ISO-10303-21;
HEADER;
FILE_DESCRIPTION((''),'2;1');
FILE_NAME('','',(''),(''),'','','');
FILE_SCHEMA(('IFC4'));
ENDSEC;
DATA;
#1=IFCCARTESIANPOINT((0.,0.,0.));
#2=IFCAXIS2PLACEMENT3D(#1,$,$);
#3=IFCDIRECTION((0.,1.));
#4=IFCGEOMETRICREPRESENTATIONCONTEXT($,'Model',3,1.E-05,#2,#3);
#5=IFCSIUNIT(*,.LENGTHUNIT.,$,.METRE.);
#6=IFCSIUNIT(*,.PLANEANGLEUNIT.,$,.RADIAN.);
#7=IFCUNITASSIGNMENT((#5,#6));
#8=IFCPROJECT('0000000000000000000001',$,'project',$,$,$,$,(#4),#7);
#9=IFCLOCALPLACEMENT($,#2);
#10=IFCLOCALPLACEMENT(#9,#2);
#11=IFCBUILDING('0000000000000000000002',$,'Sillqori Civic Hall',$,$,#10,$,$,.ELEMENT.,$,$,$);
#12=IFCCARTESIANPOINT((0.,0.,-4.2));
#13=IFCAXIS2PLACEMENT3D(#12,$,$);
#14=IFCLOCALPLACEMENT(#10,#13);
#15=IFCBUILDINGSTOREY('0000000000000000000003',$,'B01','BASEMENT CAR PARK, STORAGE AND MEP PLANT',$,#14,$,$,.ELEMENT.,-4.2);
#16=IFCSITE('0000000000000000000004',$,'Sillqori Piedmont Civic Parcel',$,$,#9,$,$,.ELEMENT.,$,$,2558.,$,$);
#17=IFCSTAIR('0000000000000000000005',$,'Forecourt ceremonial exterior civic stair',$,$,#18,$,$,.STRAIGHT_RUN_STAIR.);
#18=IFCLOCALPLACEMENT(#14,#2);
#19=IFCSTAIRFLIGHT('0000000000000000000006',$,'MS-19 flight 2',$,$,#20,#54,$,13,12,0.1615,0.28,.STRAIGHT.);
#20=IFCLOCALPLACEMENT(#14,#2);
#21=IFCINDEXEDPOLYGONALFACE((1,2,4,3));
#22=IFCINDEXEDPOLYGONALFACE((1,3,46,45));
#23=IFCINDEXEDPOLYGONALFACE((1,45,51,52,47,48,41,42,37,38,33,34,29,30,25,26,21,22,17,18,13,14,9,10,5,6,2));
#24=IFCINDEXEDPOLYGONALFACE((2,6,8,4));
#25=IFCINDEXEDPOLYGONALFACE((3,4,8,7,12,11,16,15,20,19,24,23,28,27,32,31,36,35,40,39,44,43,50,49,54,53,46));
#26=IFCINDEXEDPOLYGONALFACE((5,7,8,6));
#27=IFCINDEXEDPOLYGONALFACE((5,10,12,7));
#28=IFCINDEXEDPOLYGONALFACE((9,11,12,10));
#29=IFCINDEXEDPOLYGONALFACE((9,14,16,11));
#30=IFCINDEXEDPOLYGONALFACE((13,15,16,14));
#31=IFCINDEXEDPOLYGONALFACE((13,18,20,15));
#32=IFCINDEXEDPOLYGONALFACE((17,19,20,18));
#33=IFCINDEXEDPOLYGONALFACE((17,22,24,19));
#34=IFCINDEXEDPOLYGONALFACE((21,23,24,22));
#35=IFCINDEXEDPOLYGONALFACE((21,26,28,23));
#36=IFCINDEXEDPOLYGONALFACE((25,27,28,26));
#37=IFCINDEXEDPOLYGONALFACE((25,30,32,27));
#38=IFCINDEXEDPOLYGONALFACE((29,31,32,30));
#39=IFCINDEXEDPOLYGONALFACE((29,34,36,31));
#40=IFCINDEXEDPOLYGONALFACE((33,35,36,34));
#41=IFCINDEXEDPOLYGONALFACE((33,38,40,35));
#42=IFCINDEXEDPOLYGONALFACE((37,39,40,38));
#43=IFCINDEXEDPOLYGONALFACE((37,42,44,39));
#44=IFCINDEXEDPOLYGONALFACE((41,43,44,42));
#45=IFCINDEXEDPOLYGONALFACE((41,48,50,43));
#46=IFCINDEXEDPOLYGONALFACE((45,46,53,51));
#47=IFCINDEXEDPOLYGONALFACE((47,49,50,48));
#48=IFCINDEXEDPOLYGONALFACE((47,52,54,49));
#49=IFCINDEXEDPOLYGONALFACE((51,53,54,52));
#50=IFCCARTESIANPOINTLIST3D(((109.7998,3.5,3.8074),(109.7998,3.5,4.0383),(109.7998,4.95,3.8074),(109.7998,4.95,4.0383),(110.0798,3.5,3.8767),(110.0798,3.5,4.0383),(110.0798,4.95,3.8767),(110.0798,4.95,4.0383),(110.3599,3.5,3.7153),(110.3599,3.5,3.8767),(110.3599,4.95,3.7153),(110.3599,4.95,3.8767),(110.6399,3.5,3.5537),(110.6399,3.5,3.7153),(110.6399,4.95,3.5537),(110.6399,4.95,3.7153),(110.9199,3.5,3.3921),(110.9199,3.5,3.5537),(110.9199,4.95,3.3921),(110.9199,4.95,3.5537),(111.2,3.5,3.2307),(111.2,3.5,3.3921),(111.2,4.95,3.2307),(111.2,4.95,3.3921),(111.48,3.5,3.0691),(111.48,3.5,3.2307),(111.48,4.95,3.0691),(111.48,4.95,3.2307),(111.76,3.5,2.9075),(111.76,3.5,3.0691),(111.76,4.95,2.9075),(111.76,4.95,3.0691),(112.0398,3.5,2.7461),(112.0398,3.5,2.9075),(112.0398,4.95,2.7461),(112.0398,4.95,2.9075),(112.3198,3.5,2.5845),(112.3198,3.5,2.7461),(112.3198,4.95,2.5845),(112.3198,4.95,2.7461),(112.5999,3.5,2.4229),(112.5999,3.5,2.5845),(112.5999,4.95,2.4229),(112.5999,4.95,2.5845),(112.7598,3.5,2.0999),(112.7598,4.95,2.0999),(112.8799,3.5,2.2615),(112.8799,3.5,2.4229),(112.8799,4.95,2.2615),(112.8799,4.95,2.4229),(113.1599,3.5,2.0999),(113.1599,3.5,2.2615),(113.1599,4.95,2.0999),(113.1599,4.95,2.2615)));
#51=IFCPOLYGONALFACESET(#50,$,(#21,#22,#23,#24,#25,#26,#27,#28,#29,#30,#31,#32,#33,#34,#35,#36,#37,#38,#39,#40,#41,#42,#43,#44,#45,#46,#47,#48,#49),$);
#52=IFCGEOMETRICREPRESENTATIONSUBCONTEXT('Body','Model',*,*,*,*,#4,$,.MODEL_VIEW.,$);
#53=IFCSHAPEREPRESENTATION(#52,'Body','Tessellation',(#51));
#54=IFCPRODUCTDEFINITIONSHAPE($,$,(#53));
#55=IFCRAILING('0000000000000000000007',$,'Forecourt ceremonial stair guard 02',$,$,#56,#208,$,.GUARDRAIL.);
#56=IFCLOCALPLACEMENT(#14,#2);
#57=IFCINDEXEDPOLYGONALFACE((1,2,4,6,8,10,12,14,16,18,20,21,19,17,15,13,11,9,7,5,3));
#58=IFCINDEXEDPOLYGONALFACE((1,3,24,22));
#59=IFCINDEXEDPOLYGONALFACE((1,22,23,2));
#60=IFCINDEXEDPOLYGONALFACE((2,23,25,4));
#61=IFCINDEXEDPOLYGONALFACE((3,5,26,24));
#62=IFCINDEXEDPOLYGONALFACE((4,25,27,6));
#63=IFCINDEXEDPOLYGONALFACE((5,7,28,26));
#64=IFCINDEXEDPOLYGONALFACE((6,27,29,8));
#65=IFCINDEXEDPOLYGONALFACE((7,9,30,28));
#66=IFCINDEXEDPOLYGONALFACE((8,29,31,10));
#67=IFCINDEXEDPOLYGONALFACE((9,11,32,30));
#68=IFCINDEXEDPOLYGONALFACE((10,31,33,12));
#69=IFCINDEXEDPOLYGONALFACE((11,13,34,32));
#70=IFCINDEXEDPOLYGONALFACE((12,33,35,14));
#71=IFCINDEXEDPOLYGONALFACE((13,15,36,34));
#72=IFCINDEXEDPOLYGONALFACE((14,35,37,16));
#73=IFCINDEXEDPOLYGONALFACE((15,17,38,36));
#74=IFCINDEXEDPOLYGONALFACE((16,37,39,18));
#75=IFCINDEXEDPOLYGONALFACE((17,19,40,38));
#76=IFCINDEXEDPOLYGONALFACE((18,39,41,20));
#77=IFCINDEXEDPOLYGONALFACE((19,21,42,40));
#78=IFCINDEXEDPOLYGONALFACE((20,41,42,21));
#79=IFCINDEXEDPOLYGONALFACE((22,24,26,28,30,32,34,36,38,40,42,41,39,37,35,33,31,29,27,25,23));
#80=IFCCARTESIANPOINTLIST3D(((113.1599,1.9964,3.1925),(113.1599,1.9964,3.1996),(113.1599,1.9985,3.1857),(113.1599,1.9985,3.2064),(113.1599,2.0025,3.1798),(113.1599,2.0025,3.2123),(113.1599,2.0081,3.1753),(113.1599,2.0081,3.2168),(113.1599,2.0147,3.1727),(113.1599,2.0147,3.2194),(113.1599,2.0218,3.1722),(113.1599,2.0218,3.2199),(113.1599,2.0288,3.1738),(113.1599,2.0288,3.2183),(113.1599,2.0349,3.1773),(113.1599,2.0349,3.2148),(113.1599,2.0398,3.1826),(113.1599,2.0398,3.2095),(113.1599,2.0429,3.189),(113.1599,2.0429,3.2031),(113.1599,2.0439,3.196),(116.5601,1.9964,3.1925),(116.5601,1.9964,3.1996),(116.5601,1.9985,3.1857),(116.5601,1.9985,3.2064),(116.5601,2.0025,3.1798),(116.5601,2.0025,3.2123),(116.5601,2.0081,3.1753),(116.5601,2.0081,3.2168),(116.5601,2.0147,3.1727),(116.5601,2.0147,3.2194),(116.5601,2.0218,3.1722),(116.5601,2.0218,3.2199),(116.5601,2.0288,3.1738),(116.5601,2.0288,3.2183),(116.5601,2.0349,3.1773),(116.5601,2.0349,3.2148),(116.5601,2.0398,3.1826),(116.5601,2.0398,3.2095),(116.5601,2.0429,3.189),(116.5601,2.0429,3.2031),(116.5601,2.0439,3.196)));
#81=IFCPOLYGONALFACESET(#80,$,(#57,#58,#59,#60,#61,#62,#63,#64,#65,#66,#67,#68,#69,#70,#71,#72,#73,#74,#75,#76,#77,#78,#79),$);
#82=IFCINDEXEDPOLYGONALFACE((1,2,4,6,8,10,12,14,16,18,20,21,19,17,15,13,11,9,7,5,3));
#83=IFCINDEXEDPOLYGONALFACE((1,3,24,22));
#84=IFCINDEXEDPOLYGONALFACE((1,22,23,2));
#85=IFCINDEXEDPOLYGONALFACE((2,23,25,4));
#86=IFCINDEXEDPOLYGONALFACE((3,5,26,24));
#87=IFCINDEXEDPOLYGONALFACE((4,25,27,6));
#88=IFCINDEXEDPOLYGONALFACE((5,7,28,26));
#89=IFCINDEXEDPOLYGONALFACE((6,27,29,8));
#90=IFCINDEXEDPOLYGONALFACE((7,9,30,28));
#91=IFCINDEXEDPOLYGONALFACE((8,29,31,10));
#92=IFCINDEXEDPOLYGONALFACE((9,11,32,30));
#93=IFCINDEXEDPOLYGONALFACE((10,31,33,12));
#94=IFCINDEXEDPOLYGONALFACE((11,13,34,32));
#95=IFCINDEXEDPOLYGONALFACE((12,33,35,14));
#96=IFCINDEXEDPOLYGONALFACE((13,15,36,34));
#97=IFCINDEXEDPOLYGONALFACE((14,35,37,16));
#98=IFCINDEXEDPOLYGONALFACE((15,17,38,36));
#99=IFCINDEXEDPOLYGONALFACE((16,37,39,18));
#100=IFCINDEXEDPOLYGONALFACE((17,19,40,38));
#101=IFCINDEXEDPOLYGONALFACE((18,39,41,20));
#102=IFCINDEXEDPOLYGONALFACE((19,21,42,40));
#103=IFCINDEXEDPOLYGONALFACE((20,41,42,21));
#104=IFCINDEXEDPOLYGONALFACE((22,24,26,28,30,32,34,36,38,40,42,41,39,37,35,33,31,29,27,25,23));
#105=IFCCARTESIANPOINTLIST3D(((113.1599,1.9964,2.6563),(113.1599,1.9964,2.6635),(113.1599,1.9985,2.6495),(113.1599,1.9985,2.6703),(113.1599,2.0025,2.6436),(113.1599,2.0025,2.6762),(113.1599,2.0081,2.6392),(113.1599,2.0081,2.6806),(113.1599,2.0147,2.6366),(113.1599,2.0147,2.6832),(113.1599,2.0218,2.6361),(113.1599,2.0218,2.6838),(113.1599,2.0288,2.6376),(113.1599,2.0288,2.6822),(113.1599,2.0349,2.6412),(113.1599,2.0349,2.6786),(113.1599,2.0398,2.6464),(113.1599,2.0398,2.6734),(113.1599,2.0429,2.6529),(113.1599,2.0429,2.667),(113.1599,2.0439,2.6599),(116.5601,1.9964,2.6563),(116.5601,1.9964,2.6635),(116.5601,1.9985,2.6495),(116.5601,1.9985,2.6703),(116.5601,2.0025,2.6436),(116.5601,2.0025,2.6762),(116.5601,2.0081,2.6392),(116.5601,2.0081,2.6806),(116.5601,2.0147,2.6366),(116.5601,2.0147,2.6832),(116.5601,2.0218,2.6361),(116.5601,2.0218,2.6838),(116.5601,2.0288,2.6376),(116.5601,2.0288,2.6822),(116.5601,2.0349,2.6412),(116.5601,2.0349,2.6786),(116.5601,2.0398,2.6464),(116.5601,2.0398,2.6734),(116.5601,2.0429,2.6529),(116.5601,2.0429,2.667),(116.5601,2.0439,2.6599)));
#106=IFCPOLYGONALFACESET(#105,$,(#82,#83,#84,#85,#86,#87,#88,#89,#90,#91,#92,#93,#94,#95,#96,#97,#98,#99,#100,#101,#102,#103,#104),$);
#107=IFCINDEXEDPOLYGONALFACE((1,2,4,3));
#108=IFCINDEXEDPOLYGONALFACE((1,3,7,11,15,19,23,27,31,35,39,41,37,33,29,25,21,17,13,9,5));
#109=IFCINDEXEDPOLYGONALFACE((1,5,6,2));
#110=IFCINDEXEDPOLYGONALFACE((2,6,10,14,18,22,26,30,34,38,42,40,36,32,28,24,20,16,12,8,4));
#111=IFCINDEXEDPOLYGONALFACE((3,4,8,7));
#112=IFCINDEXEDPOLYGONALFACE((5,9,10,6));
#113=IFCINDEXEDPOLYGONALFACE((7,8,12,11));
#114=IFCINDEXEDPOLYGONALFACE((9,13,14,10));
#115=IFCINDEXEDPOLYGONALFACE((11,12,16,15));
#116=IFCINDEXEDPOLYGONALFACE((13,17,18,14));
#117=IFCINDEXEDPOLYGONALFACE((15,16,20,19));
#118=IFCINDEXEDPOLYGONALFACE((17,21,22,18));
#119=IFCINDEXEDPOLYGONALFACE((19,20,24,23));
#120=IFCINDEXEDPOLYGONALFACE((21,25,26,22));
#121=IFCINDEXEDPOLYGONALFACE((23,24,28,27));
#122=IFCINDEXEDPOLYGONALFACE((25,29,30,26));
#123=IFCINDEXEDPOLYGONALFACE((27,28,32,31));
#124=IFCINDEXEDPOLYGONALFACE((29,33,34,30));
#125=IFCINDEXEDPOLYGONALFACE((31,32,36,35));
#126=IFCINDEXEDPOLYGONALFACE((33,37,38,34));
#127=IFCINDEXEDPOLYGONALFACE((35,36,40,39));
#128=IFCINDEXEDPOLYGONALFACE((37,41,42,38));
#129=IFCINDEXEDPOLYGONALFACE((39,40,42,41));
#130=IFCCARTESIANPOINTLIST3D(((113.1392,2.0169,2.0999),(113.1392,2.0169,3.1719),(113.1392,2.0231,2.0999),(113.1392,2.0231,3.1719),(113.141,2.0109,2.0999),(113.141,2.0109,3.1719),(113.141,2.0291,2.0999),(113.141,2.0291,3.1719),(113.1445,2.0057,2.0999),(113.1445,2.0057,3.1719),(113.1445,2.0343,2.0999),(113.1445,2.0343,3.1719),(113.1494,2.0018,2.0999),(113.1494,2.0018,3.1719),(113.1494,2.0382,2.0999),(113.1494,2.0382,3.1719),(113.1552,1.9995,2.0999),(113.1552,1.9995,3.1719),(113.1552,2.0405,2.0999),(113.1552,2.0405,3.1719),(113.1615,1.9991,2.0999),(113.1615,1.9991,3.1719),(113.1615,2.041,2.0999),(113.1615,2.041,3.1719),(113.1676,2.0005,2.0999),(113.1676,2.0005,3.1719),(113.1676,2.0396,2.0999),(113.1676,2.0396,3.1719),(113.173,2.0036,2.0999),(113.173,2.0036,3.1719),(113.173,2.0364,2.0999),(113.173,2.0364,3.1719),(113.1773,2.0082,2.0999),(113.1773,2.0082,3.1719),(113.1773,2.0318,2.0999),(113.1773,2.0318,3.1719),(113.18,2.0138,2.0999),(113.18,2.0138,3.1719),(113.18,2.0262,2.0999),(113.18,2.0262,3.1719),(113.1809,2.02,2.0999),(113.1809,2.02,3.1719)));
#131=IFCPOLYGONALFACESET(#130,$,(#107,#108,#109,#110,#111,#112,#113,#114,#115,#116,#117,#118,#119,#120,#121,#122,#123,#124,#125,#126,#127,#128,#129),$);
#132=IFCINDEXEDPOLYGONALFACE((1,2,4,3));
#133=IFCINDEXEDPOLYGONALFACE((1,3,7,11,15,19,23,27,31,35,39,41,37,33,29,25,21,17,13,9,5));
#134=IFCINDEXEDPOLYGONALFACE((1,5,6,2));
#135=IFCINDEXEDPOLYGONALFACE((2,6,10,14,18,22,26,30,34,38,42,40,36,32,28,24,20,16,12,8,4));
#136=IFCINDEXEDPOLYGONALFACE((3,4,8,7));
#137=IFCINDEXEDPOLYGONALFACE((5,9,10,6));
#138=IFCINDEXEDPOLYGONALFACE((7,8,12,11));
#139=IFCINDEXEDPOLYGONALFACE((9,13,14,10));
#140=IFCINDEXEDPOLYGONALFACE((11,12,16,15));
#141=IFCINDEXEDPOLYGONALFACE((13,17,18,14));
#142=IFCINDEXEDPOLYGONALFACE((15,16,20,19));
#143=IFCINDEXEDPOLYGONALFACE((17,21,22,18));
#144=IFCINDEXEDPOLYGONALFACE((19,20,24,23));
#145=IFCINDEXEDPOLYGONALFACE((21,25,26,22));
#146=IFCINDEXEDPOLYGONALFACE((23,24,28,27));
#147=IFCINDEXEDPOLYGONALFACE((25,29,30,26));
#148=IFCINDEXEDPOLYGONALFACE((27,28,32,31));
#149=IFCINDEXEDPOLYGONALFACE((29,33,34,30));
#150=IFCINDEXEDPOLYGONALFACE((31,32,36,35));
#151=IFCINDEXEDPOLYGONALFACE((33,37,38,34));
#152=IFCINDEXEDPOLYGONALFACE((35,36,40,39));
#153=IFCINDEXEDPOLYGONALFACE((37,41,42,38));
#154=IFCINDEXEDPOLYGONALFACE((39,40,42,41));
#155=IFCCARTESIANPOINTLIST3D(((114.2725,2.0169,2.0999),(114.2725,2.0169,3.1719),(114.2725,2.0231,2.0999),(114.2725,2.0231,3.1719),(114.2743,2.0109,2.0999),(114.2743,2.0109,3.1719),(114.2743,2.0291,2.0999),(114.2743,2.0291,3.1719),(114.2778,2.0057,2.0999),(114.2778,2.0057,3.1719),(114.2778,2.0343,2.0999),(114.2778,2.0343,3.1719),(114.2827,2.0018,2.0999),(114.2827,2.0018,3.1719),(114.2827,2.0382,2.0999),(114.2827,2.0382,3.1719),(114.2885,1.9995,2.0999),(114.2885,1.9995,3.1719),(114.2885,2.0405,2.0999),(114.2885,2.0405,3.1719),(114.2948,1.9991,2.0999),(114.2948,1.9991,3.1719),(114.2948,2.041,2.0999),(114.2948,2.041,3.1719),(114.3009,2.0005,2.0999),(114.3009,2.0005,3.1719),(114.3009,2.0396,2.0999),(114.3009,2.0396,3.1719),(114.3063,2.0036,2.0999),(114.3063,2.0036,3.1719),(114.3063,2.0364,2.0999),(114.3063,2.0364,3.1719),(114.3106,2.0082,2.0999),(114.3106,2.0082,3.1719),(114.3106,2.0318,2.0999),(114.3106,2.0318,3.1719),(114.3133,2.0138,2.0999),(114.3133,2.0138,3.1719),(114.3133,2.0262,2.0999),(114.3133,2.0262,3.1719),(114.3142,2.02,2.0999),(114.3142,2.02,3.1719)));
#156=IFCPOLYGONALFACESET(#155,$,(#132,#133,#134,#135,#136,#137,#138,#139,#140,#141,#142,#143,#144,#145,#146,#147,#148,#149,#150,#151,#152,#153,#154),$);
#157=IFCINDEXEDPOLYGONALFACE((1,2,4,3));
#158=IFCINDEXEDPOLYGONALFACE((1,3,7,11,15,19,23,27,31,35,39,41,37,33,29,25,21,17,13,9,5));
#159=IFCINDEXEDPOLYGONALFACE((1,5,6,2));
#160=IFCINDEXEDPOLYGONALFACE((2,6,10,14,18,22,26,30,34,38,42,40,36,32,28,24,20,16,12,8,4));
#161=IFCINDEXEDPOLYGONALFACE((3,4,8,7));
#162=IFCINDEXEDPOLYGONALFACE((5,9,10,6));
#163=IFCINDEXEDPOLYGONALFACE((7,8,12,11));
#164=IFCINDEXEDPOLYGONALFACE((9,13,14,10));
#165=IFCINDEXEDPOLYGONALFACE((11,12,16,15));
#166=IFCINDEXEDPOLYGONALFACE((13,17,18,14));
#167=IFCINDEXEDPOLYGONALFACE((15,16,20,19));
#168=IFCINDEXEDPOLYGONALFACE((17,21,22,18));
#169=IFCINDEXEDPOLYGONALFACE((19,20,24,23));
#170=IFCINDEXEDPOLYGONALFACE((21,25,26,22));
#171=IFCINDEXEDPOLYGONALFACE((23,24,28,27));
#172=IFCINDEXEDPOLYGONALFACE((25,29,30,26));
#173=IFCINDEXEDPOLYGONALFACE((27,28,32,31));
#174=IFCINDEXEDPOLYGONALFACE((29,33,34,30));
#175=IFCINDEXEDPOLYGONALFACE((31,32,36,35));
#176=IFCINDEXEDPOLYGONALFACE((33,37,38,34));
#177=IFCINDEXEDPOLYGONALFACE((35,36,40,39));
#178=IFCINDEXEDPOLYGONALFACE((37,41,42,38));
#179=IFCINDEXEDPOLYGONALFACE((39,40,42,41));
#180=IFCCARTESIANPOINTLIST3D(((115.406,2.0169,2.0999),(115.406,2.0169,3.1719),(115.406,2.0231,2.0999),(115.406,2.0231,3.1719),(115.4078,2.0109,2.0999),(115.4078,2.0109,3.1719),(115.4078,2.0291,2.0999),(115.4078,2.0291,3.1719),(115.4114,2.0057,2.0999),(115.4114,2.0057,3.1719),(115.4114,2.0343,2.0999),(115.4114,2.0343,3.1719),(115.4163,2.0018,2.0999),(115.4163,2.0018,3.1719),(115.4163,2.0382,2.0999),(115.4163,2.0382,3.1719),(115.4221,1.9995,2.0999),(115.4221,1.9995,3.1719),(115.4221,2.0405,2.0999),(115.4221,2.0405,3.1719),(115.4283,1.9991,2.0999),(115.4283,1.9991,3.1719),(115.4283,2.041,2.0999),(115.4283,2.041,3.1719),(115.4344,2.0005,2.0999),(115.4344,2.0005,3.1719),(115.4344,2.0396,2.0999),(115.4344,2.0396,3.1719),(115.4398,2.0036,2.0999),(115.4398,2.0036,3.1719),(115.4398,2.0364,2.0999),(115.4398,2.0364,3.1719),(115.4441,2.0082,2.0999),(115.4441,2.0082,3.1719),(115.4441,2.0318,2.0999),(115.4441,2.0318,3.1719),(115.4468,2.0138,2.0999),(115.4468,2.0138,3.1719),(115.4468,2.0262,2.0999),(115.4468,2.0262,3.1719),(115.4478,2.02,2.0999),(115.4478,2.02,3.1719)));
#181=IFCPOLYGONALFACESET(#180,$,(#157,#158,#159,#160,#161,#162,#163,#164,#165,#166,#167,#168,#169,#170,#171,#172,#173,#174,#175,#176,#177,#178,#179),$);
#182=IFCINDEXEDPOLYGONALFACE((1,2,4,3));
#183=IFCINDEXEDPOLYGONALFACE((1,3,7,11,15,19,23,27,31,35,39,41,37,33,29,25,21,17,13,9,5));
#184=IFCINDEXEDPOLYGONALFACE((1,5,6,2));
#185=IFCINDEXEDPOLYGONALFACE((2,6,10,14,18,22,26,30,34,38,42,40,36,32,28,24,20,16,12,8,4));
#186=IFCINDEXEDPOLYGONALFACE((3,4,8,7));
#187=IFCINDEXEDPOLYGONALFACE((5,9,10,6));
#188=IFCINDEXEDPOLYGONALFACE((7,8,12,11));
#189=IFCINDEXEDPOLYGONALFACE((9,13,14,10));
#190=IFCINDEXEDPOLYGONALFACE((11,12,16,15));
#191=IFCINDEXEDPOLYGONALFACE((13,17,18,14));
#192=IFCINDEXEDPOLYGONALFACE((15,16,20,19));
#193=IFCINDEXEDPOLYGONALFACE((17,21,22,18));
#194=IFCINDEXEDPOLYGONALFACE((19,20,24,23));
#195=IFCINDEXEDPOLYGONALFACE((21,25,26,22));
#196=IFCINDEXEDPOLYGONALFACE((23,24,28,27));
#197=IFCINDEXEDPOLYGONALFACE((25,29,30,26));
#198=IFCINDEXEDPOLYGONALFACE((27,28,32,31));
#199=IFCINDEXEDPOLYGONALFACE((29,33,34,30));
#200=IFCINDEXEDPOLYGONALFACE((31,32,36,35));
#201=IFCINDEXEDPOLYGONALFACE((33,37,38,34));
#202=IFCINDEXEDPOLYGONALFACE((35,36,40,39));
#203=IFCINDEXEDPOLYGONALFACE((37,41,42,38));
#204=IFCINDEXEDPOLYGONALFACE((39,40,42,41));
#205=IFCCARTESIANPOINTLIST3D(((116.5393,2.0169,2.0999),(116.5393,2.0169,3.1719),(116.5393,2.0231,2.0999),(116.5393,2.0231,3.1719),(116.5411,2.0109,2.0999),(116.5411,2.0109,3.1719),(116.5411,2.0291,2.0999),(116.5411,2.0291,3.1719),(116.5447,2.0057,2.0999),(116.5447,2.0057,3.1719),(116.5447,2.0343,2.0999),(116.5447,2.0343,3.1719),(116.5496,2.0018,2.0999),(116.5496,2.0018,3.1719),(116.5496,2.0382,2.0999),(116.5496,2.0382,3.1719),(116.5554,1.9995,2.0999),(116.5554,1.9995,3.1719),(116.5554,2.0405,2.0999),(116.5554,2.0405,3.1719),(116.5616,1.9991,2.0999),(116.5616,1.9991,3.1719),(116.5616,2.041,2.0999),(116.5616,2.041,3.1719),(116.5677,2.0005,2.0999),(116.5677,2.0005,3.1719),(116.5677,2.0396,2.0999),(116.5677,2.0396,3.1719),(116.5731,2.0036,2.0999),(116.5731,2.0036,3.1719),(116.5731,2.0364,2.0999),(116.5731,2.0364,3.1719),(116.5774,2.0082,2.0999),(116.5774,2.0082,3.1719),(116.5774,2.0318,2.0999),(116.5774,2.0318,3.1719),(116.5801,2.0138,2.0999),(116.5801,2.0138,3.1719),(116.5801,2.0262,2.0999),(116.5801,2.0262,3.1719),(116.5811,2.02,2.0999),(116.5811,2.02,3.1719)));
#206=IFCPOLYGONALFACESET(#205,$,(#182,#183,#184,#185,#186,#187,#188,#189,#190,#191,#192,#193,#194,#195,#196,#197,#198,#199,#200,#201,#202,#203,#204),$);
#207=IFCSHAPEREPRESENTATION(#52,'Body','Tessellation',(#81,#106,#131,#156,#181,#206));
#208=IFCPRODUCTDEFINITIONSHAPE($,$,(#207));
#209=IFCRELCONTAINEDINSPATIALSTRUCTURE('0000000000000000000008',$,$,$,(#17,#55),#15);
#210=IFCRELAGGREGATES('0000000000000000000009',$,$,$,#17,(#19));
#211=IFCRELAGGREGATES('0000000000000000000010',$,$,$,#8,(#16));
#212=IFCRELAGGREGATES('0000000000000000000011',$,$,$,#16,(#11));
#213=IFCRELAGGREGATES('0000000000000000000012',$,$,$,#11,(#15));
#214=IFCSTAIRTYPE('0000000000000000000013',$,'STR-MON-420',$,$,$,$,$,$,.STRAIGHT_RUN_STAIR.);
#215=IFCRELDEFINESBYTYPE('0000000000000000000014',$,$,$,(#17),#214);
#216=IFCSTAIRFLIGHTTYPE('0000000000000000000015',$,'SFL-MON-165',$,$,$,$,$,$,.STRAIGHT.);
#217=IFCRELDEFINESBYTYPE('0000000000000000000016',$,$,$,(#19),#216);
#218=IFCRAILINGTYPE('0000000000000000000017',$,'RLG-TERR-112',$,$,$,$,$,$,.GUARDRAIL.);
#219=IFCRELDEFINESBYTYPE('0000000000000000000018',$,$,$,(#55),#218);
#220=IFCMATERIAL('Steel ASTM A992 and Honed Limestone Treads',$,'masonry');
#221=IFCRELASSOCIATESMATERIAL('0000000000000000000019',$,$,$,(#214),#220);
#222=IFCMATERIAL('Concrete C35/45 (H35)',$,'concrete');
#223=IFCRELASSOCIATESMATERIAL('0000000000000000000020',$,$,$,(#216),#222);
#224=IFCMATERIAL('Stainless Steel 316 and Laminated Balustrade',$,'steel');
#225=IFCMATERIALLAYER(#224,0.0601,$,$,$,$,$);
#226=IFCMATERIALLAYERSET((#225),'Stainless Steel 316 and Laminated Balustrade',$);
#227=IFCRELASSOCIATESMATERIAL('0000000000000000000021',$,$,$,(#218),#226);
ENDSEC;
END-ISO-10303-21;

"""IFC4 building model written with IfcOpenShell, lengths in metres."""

from ifc_helpers import new_model, si_unit, direction, frame, origin, origin_2d, place, context, subcontext, project, spatial, polyline, circle, outline, extrude, material, layer, layer_set, type_object, element, aggregate, save


model = new_model("IFC4")

# Units and contexts
model_context = context("Model", 3, precision=1e-05, world=origin(), true_north=direction((0.0, 1.0)))
body_context = subcontext(model_context, "Body", "Model", "MODEL_VIEW")
ifc_project = project(units=[si_unit("LENGTHUNIT", "METRE"), si_unit("PLANEANGLEUNIT", "RADIAN")], contexts=[model_context])

# Site, building, storey
site_placement = place(None, origin())
site = spatial("IfcSite", under=ifc_project, at=site_placement, Name="Sillqori Piedmont Civic Parcel", CompositionType="ELEMENT", RefElevation=2558.0)
building_placement = place(site_placement, origin())
building = spatial("IfcBuilding", under=site, at=building_placement, Name="Sillqori Civic Hall", CompositionType="ELEMENT")
storey_placement = place(building_placement, frame((0.0, 0.0, -4.2)))
storey = spatial("IfcBuildingStorey", under=building, at=storey_placement, Name="B01", Description="BASEMENT CAR PARK, STORAGE AND MEP PLANT", CompositionType="ELEMENT", Elevation=-4.2)

# Shared definitions
ifc_material_1 = material(Name="Concrete C35/45 (H35)", Category="concrete")

# Stair, stair flight
ifc_material_2 = material(Name="Steel ASTM A992 and Honed Limestone Treads", Category="masonry")
stair_type = type_object("IfcStairType", Name="STR-MON-420", PredefinedType="STRAIGHT_RUN_STAIR", material=ifc_material_2)
stair_placement = place(storey_placement, origin())
stair = element("IfcStair", 1, at=stair_placement, inside=storey, type_object=stair_type, Name="Forecourt ceremonial exterior civic stair", PredefinedType="STRAIGHT_RUN_STAIR")
stair_flight_type = type_object("IfcStairFlightType", Name="SFL-MON-165", PredefinedType="STRAIGHT", material=ifc_material_1)
stair_flight_placement = place(storey_placement, frame((113.1599, 4.2251, 2.0999), z_axis=(0.0, 0.0, 1.0), x_axis=(-1.0, 0.0, 0.0)))
stair_flight = element("IfcStairFlight", 2, at=stair_flight_placement, type_object=stair_flight_type, Name="MS-19 flight 2", NumberOfRisers=13, NumberOfTreads=12, PredefinedType="STRAIGHT", RiserHeight=0.1615, TreadLength=0.28, context=body_context, shape_type="SweptSolid", body=[
    extrude(outline(polyline([(0.0, 0.0), (0.0, 0.1616), (0.28, 0.1616), (0.28, 0.323), (0.5601, 0.323), (0.5601, 0.4846), (0.8401, 0.4846), (0.8401, 0.6462), (1.1201, 0.6462), (1.1201, 0.8076), (1.3999, 0.8076), (1.3999, 0.9692), (1.6799, 0.9692), (1.6799, 1.1309), (1.96, 1.1309), (1.96, 1.2922), (2.24, 1.2922), (2.24, 1.4539), (2.52, 1.4539), (2.52, 1.6155), (2.8, 1.6155), (2.8, 1.7769), (3.0801, 1.7769), (3.0801, 1.9385), (3.3601, 1.9385), (3.3601, 2.1001), (3.3601, 1.7075), (0.4001, 0.0), (0.0, 0.0)])), frame((0.0, 0.7251, 0.0), z_axis=(0.0, -1.0, 0.0), x_axis=(1.0, 0.0, 0.0)), (0.0, 0.0, 1.0), 1.45),
])
aggregate(stair, [stair_flight])

# Railing
ifc_material_3 = material(Name="Stainless Steel 316 and Laminated Balustrade", Category="steel")
ifc_layer_1 = layer(ifc_material_3, 0.0601)
ifc_layer_set_1 = layer_set([ifc_layer_1], Name="Stainless Steel 316 and Laminated Balustrade")
railing_type = type_object("IfcRailingType", Name="RLG-TERR-112", PredefinedType="GUARDRAIL", material=ifc_layer_set_1)
railing_placement = place(storey_placement, frame((113.1599, 2.02, 2.0999)))
element("IfcRailing", 3, at=railing_placement, inside=storey, type_object=railing_type, Name="Forecourt ceremonial stair guard 02", PredefinedType="GUARDRAIL", context=body_context, shape_type="SweptSolid", body=[
    extrude(circle(Radius=0.0239, at=origin_2d()), frame((0.0, 0.0, 1.0962), z_axis=(1.0, 0.0, 0.0), x_axis=(0.0, 1.0, 0.0)), (0.0, 0.0, 1.0), 3.4001),
    extrude(circle(Radius=0.0239, at=origin_2d()), frame((0.0, 0.0, 0.5601), z_axis=(1.0, 0.0, 0.0), x_axis=(0.0, 1.0, 0.0)), (0.0, 0.0, 1.0), 3.4001),
    extrude(circle(Radius=0.021, at=origin_2d()), origin(), (0.0, 0.0, 1.0), 1.072),
    extrude(circle(Radius=0.021, at=origin_2d()), frame((1.1333, 0.0, 0.0)), (0.0, 0.0, 1.0), 1.072),
    extrude(circle(Radius=0.021, at=origin_2d()), frame((2.2668, 0.0, 0.0)), (0.0, 0.0, 1.0), 1.072),
    extrude(circle(Radius=0.021, at=origin_2d()), frame((3.4001, 0.0, 0.0)), (0.0, 0.0, 1.0), 1.072),
])

save(model, "model.ifc")
